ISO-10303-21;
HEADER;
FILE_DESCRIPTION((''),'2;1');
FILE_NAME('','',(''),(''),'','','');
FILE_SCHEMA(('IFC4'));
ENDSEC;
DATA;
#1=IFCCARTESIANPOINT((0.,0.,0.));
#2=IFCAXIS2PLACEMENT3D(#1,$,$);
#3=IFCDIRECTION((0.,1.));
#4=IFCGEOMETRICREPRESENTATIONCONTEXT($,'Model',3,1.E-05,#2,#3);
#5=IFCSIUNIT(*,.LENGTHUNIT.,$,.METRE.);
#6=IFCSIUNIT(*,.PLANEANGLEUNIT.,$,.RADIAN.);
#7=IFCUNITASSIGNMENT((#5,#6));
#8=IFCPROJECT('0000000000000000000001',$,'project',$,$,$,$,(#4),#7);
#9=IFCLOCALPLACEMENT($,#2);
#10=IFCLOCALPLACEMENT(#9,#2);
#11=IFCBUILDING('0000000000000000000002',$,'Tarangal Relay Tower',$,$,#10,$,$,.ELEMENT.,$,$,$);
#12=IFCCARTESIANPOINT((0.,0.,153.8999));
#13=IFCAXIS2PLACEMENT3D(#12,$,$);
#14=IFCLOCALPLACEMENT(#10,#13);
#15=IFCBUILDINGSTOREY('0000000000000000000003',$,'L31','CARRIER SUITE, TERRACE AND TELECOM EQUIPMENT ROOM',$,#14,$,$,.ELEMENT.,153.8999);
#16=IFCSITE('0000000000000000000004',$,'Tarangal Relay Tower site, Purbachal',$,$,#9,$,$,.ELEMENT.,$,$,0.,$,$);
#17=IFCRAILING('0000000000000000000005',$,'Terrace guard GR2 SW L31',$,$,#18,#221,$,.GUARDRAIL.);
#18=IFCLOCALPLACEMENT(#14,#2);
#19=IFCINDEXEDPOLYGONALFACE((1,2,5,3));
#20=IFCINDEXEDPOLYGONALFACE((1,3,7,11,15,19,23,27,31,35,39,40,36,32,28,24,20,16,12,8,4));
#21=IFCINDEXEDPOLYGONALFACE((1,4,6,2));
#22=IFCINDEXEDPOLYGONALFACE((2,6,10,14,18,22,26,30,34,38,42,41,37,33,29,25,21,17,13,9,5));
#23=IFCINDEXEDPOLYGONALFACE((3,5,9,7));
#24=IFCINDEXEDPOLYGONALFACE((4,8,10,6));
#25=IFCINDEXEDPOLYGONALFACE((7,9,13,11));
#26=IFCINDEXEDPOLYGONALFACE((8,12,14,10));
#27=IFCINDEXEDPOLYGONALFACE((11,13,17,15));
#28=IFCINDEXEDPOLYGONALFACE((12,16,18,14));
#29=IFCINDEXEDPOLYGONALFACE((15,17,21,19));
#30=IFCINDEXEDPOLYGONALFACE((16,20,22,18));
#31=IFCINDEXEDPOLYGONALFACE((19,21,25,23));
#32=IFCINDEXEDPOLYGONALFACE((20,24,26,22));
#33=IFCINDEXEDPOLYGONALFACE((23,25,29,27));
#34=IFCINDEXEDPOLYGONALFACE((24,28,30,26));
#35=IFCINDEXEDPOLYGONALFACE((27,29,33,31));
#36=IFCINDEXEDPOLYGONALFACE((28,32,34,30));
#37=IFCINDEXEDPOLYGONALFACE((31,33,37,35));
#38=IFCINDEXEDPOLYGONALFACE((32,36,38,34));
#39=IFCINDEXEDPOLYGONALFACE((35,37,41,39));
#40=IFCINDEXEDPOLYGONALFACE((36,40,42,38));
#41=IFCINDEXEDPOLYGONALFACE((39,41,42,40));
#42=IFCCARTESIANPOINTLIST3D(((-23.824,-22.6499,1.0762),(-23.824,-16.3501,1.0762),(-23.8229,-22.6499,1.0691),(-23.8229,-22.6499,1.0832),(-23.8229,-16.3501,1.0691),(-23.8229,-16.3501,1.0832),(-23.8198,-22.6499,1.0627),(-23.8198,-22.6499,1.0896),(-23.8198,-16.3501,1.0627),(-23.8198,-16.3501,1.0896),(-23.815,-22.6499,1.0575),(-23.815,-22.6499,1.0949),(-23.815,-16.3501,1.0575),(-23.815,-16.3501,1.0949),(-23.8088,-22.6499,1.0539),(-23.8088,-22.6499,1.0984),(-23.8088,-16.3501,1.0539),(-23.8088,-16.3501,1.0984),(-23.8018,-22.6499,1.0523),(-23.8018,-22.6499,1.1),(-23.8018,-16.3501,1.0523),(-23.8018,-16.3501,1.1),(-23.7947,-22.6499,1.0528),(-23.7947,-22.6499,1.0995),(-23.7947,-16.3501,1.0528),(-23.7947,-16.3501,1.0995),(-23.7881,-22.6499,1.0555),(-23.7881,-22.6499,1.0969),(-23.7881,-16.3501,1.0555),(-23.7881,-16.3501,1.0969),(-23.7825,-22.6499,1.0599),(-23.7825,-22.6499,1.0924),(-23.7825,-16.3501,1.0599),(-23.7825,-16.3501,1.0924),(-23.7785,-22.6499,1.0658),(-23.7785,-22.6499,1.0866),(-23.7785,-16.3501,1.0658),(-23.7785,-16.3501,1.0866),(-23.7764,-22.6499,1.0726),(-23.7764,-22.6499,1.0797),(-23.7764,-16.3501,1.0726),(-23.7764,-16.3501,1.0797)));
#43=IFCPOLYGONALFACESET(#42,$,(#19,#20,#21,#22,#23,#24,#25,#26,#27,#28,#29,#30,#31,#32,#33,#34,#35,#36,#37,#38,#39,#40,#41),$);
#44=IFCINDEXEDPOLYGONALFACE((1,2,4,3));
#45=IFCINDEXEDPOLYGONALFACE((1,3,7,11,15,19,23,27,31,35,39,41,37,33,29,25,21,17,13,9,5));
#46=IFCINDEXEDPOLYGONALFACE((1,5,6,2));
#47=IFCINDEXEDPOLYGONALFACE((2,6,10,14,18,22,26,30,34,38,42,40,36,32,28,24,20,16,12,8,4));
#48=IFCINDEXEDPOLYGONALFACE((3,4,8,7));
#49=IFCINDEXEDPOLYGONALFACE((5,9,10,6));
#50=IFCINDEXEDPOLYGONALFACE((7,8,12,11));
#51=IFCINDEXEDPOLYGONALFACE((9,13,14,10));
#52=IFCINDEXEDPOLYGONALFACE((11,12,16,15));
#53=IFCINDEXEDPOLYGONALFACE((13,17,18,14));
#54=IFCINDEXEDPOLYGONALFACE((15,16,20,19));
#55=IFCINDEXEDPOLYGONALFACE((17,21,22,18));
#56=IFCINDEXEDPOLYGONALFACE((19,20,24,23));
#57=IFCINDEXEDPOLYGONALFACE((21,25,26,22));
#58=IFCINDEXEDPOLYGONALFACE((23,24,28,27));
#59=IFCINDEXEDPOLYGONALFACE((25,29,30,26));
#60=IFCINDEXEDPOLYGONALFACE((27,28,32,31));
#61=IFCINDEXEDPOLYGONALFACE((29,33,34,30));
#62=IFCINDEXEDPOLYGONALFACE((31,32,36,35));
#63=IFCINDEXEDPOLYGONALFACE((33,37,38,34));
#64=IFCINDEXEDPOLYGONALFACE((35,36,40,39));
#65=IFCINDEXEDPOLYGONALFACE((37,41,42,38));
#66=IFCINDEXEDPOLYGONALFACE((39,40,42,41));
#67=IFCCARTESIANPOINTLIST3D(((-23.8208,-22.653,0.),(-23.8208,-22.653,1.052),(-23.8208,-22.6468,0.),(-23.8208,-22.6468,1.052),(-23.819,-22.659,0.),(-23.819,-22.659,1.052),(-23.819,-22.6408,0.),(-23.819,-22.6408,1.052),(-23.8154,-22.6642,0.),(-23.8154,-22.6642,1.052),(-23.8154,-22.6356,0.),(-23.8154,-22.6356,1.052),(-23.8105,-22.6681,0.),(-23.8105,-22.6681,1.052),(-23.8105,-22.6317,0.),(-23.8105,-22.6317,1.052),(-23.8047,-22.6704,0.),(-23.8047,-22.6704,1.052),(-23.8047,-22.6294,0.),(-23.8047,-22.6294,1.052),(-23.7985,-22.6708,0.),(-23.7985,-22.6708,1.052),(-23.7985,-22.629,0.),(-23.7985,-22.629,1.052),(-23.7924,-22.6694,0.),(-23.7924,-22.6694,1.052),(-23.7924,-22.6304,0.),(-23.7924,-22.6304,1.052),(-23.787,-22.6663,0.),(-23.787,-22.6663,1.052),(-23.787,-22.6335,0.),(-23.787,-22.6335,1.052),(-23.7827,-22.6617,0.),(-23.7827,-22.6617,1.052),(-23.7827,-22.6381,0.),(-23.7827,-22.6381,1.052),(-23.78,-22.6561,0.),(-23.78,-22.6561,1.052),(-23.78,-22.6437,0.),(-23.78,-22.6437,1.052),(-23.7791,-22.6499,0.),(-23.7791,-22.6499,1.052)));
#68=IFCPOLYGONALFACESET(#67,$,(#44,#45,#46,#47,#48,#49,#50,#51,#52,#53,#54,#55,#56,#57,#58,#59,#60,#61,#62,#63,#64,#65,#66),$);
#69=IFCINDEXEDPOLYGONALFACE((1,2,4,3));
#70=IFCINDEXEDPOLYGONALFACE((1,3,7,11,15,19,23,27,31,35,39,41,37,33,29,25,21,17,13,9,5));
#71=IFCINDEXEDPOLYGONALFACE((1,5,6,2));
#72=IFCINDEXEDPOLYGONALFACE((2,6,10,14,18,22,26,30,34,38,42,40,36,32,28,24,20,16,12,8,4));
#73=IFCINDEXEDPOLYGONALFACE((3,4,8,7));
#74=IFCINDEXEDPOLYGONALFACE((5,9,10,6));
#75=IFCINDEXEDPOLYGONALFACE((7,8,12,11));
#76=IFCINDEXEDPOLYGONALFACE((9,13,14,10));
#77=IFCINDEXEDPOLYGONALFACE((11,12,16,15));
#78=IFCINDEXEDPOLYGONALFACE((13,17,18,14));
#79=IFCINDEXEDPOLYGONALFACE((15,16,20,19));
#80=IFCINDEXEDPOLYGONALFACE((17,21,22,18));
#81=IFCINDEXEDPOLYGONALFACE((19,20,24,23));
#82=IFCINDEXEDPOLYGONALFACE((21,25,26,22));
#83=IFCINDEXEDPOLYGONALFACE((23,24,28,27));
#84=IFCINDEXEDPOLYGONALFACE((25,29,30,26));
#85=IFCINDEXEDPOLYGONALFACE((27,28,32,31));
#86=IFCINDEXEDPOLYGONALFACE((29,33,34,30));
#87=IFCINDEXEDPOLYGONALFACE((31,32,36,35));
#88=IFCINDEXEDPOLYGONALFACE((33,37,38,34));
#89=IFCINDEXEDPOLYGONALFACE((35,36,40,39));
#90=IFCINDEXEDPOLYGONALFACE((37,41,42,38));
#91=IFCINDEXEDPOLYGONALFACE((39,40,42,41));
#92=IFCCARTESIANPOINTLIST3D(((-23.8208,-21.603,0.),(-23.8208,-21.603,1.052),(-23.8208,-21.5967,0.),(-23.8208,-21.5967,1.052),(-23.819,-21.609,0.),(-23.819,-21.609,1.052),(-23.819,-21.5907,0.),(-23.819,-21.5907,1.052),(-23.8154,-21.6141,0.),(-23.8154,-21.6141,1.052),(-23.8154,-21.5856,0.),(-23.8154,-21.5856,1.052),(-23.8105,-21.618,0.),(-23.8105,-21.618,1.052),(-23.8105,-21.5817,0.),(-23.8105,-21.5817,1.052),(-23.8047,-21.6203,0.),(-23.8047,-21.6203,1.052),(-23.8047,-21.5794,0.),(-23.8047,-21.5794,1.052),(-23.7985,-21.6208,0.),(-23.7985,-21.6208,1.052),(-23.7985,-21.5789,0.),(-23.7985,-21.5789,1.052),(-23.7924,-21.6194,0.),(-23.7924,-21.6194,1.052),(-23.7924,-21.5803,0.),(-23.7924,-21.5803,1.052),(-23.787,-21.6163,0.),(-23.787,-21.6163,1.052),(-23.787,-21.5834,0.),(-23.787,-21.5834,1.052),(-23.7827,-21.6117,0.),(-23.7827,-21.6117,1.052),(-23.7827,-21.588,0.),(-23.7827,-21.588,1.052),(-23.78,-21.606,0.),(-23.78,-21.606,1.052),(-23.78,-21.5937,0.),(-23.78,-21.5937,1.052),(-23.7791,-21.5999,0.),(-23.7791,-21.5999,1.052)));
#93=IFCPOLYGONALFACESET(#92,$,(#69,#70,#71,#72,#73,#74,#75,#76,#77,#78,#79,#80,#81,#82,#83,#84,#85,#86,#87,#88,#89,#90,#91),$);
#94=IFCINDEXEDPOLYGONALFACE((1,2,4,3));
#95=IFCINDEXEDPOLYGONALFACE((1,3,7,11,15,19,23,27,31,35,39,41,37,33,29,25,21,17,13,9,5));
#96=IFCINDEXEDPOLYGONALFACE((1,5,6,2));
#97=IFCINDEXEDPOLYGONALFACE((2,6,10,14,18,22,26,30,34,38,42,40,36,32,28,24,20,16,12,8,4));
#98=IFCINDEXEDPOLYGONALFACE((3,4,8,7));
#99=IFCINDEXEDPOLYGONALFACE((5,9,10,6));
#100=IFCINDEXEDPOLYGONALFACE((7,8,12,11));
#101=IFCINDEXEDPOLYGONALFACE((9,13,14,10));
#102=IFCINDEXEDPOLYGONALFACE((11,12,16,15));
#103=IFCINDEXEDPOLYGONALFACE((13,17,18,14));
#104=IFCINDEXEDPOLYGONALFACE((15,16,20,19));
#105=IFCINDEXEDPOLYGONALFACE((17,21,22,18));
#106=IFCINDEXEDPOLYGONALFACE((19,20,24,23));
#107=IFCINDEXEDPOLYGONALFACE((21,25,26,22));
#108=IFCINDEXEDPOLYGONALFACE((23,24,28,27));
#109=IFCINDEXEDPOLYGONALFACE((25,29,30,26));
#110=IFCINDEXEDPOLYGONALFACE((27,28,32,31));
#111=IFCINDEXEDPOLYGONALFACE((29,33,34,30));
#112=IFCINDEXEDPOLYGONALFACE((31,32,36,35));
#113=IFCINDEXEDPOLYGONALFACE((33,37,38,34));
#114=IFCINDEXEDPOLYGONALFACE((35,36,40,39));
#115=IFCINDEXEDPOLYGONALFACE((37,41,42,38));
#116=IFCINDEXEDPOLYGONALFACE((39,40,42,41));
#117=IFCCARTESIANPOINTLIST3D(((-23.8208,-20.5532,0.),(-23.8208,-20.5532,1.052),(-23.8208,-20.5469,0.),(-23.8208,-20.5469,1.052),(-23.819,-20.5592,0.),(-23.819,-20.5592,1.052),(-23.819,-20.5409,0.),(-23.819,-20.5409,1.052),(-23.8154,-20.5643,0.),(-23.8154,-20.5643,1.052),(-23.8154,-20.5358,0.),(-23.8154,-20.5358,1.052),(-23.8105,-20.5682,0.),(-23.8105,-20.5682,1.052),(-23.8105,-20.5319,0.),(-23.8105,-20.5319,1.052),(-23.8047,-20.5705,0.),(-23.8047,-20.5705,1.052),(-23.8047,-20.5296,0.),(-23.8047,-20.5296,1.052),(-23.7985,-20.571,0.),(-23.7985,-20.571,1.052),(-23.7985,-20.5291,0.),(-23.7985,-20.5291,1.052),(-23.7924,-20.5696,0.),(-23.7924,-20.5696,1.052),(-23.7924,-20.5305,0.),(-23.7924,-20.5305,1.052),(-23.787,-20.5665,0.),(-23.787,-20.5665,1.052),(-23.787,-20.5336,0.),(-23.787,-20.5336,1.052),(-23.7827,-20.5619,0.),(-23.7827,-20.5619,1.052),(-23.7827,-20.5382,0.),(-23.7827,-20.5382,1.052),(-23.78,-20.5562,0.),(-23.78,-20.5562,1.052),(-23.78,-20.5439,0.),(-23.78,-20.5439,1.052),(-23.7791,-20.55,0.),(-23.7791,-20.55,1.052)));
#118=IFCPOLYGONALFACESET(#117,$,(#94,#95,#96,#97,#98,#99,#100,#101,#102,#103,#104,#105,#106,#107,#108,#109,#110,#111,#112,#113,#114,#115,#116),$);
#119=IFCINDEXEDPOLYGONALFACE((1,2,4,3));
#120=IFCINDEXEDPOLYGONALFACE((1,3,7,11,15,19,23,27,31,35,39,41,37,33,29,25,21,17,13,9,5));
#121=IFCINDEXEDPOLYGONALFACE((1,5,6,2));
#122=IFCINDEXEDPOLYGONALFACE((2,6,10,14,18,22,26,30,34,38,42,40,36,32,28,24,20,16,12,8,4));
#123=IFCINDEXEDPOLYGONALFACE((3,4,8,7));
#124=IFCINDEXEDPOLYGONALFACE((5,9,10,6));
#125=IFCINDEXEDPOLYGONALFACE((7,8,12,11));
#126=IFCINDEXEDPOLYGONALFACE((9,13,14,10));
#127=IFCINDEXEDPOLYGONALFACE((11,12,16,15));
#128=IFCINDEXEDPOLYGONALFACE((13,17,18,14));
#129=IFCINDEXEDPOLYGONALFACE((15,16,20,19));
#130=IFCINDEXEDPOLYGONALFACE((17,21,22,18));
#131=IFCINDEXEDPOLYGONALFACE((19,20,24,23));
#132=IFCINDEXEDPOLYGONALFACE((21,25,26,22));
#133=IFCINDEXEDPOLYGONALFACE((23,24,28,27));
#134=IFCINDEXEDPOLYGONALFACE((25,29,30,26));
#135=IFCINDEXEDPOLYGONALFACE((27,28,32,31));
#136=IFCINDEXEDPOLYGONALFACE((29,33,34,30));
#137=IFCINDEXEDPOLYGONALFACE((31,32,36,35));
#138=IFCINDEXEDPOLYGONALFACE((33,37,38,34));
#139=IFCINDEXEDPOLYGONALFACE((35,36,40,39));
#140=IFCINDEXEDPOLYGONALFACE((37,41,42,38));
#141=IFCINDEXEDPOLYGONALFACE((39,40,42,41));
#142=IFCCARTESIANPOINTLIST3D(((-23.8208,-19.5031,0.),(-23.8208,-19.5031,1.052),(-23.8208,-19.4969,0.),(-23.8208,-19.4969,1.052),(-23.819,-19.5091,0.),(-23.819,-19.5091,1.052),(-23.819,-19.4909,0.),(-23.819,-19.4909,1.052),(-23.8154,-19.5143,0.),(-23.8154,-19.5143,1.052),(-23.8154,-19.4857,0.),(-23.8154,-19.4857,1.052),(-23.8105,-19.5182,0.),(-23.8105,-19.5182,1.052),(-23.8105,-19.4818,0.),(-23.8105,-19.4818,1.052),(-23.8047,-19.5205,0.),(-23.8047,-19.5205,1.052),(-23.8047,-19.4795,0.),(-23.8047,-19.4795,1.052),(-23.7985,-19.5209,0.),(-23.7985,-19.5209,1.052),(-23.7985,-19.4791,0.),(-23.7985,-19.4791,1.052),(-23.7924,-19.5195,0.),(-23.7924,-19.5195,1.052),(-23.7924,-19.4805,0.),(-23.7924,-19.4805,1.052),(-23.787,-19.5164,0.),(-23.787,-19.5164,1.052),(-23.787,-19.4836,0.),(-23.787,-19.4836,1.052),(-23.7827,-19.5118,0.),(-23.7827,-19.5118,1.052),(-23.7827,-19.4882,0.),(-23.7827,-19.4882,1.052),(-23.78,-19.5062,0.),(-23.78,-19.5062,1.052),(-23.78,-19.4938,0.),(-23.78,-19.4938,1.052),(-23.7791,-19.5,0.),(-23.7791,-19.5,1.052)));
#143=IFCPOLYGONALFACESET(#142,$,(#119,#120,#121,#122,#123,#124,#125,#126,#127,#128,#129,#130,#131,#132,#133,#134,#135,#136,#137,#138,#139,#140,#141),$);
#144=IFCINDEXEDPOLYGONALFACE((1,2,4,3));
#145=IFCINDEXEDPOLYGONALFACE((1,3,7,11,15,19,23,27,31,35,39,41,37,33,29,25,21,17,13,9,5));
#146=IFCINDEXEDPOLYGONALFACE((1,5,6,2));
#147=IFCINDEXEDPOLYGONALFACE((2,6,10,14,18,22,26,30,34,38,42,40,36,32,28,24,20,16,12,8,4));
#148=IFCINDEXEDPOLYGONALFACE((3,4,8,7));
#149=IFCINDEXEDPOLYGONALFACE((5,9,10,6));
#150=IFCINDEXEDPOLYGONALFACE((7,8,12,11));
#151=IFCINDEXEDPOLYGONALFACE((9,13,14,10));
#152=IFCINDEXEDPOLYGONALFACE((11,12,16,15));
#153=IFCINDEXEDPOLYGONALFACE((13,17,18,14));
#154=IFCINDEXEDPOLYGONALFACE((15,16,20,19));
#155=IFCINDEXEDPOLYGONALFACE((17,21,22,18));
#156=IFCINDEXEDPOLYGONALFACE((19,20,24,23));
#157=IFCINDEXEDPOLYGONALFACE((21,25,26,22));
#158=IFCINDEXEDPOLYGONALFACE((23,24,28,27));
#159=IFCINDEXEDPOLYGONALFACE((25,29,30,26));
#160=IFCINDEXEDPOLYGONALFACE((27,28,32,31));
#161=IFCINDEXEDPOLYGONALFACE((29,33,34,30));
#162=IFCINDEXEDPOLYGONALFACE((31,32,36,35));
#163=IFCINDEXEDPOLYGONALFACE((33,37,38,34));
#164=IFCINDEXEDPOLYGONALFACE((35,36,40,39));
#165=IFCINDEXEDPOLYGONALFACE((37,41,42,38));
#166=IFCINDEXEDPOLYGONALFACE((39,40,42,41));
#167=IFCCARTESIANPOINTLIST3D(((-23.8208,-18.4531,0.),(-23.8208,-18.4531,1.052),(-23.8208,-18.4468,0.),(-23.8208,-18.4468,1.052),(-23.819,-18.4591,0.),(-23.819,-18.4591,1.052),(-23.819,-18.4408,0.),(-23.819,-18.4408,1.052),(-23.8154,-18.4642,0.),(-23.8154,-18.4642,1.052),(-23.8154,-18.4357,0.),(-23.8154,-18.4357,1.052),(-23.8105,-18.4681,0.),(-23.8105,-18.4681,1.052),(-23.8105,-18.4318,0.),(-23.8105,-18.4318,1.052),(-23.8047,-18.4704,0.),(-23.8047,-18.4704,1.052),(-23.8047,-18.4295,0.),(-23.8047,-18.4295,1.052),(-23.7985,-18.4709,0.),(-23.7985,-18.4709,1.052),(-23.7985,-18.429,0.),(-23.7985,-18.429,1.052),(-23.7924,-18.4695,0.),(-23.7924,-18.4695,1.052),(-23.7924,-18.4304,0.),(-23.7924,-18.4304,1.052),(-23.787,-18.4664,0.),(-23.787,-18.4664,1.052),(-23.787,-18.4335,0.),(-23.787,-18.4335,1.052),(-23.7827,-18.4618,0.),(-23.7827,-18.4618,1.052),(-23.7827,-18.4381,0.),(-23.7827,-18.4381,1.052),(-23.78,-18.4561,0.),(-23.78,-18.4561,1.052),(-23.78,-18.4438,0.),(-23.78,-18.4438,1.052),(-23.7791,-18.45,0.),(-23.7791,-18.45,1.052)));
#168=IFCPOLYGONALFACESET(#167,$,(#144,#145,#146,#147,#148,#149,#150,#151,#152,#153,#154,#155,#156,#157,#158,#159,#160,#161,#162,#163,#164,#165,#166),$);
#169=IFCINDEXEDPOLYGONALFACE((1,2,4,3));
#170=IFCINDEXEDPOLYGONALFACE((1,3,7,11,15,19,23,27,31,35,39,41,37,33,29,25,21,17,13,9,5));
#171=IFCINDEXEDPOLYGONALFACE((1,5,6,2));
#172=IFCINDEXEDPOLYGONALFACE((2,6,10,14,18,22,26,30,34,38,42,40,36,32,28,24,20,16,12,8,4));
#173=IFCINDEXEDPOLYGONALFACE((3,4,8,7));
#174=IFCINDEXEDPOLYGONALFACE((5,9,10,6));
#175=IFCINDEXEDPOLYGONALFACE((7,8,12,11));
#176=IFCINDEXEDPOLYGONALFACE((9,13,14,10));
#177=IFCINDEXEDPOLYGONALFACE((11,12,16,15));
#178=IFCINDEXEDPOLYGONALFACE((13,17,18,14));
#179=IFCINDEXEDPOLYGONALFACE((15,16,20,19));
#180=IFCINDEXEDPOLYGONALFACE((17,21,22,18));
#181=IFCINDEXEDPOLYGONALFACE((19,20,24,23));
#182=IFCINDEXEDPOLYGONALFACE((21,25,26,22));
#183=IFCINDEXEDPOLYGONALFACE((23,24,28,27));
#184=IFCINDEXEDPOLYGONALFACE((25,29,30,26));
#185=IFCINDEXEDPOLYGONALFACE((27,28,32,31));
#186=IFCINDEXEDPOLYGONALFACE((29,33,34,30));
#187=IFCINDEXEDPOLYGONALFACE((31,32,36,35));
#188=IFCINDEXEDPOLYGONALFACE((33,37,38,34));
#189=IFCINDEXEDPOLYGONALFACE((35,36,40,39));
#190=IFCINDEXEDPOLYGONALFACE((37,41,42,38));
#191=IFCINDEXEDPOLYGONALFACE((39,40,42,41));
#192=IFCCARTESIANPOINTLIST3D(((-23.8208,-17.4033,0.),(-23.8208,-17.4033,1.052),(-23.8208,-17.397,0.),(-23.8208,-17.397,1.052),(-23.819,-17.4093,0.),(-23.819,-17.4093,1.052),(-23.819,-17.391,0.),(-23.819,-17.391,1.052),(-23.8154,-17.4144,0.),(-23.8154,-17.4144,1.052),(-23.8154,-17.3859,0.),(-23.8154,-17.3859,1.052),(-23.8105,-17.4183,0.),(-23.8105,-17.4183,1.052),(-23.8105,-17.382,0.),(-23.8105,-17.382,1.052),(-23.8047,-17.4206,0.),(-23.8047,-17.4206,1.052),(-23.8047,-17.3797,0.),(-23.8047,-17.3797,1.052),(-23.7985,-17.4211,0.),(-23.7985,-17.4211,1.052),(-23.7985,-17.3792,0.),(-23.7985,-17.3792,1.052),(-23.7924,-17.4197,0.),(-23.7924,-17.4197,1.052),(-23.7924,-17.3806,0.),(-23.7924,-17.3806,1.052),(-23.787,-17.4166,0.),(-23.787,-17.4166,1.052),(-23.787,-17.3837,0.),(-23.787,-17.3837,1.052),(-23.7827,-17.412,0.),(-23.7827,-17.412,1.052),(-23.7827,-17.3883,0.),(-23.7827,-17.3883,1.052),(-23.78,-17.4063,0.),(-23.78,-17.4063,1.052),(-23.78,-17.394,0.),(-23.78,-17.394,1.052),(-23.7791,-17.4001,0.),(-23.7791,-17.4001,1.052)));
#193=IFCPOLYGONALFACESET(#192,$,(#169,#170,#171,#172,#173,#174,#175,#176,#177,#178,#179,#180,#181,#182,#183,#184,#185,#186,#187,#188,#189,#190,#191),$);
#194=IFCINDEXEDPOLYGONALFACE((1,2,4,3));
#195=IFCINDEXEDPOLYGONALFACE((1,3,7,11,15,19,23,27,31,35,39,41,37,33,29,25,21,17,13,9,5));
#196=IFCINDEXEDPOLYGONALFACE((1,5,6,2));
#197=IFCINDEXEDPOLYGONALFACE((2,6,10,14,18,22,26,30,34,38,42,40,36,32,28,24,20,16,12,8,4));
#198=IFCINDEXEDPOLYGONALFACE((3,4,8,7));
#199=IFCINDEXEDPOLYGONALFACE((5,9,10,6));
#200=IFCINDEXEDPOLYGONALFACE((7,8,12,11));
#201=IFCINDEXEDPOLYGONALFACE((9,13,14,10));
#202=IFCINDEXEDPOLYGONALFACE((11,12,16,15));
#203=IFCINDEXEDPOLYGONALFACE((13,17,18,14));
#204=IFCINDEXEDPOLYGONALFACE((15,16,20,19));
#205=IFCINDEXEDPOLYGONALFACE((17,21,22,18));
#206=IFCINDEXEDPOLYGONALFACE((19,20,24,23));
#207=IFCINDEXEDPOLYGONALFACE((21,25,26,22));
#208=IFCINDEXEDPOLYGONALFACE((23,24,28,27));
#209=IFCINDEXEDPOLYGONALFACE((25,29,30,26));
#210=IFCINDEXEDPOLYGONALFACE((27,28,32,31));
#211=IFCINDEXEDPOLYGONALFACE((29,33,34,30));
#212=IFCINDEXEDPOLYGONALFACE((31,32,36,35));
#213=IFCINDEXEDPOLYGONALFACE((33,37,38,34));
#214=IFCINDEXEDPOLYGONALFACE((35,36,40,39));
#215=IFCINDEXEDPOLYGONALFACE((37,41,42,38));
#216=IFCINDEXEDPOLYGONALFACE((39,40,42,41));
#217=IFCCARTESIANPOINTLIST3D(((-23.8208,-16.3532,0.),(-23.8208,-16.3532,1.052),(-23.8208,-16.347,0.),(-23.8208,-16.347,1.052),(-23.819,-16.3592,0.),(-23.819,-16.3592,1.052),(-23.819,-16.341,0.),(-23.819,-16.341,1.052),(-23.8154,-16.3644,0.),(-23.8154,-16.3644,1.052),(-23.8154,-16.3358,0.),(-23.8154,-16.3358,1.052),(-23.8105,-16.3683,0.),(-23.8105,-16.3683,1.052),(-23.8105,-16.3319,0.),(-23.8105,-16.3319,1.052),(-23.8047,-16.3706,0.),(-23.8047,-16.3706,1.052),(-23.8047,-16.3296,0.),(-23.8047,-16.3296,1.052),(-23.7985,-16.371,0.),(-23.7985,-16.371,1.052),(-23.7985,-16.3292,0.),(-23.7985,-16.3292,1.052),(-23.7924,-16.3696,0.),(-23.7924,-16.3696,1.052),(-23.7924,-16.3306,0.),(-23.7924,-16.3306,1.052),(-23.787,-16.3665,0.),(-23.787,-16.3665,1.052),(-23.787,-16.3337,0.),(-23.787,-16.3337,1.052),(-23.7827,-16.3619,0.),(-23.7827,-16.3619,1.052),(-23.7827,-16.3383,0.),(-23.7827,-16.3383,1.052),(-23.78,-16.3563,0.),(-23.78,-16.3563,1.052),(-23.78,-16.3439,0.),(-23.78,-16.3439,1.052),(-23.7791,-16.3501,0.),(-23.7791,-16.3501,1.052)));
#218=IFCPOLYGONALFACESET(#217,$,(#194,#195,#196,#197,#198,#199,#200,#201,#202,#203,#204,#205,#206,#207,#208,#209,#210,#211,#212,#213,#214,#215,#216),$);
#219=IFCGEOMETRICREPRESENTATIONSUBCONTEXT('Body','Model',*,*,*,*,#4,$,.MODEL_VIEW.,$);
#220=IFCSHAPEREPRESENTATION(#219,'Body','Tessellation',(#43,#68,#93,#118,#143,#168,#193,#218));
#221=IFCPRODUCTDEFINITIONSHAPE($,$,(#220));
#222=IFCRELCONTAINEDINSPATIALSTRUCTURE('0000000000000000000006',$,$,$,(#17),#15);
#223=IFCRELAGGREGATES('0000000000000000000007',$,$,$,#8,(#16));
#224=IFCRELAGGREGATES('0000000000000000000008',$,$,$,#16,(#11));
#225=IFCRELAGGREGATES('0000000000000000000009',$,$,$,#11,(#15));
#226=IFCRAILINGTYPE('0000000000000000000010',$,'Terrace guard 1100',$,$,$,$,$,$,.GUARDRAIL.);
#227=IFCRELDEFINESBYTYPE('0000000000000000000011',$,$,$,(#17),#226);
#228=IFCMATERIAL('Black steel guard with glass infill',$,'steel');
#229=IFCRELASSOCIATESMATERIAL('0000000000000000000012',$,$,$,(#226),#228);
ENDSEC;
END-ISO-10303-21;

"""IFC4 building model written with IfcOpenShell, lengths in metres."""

from ifc_helpers import new_model, si_unit, direction, frame, origin, origin_2d, place, context, subcontext, project, spatial, circle, extrude, material, type_object, element, save


model = new_model("IFC4")

# Units and contexts
model_context = context("Model", 3, precision=1e-05, world=origin(), true_north=direction((0.0, 1.0)))
body_context = subcontext(model_context, "Body", "Model", "MODEL_VIEW")
ifc_project = project(units=[si_unit("LENGTHUNIT", "METRE"), si_unit("PLANEANGLEUNIT", "RADIAN")], contexts=[model_context])

# Site, building, storey
site_placement = place(None, origin())
site = spatial("IfcSite", under=ifc_project, at=site_placement, Name="Tarangal Relay Tower site, Purbachal", CompositionType="ELEMENT", RefElevation=0.0)
building_placement = place(site_placement, origin())
building = spatial("IfcBuilding", under=site, at=building_placement, Name="Tarangal Relay Tower", CompositionType="ELEMENT")
storey_placement = place(building_placement, frame((0.0, 0.0, 153.8999)))
storey = spatial("IfcBuildingStorey", under=building, at=storey_placement, Name="L31", Description="CARRIER SUITE, TERRACE AND TELECOM EQUIPMENT ROOM", CompositionType="ELEMENT", Elevation=153.8999)

# Railing
ifc_material_1 = material(Name="Black steel guard with glass infill", Category="steel")
railing_type = type_object("IfcRailingType", Name="Terrace guard 1100", PredefinedType="GUARDRAIL", material=ifc_material_1)
railing_1_placement = place(storey_placement, frame((-23.8, -22.6499, 0.0)))
element("IfcRailing", 1, at=railing_1_placement, inside=storey, type_object=railing_type, Name="Terrace guard GR2 SW L31", PredefinedType="GUARDRAIL", context=body_context, shape_type="SweptSolid", body=[
    extrude(circle(Radius=0.0239, at=origin_2d()), frame((0.0, 0.0, 1.0762), z_axis=(0.0, 1.0, 0.0), x_axis=(-1.0, 0.0, 0.0)), (0.0, 0.0, 1.0), 6.2998),
    extrude(circle(Radius=0.021, at=origin_2d()), origin(), (0.0, 0.0, 1.0), 1.052),
    extrude(circle(Radius=0.021, at=origin_2d()), frame((0.0, 1.05, 0.0)), (0.0, 0.0, 1.0), 1.052),
    extrude(circle(Radius=0.021, at=origin_2d()), frame((0.0, 2.0999, 0.0)), (0.0, 0.0, 1.0), 1.052),
    extrude(circle(Radius=0.021, at=origin_2d()), frame((0.0, 3.1499, 0.0)), (0.0, 0.0, 1.0), 1.052),
    extrude(circle(Radius=0.021, at=origin_2d()), frame((0.0, 4.2, 0.0)), (0.0, 0.0, 1.0), 1.052),
    extrude(circle(Radius=0.021, at=origin_2d()), frame((0.0, 5.2498, 0.0)), (0.0, 0.0, 1.0), 1.052),
    extrude(circle(Radius=0.021, at=origin_2d()), frame((0.0, 6.2998, 0.0)), (0.0, 0.0, 1.0), 1.052),
])

save(model, "model.ifc")
